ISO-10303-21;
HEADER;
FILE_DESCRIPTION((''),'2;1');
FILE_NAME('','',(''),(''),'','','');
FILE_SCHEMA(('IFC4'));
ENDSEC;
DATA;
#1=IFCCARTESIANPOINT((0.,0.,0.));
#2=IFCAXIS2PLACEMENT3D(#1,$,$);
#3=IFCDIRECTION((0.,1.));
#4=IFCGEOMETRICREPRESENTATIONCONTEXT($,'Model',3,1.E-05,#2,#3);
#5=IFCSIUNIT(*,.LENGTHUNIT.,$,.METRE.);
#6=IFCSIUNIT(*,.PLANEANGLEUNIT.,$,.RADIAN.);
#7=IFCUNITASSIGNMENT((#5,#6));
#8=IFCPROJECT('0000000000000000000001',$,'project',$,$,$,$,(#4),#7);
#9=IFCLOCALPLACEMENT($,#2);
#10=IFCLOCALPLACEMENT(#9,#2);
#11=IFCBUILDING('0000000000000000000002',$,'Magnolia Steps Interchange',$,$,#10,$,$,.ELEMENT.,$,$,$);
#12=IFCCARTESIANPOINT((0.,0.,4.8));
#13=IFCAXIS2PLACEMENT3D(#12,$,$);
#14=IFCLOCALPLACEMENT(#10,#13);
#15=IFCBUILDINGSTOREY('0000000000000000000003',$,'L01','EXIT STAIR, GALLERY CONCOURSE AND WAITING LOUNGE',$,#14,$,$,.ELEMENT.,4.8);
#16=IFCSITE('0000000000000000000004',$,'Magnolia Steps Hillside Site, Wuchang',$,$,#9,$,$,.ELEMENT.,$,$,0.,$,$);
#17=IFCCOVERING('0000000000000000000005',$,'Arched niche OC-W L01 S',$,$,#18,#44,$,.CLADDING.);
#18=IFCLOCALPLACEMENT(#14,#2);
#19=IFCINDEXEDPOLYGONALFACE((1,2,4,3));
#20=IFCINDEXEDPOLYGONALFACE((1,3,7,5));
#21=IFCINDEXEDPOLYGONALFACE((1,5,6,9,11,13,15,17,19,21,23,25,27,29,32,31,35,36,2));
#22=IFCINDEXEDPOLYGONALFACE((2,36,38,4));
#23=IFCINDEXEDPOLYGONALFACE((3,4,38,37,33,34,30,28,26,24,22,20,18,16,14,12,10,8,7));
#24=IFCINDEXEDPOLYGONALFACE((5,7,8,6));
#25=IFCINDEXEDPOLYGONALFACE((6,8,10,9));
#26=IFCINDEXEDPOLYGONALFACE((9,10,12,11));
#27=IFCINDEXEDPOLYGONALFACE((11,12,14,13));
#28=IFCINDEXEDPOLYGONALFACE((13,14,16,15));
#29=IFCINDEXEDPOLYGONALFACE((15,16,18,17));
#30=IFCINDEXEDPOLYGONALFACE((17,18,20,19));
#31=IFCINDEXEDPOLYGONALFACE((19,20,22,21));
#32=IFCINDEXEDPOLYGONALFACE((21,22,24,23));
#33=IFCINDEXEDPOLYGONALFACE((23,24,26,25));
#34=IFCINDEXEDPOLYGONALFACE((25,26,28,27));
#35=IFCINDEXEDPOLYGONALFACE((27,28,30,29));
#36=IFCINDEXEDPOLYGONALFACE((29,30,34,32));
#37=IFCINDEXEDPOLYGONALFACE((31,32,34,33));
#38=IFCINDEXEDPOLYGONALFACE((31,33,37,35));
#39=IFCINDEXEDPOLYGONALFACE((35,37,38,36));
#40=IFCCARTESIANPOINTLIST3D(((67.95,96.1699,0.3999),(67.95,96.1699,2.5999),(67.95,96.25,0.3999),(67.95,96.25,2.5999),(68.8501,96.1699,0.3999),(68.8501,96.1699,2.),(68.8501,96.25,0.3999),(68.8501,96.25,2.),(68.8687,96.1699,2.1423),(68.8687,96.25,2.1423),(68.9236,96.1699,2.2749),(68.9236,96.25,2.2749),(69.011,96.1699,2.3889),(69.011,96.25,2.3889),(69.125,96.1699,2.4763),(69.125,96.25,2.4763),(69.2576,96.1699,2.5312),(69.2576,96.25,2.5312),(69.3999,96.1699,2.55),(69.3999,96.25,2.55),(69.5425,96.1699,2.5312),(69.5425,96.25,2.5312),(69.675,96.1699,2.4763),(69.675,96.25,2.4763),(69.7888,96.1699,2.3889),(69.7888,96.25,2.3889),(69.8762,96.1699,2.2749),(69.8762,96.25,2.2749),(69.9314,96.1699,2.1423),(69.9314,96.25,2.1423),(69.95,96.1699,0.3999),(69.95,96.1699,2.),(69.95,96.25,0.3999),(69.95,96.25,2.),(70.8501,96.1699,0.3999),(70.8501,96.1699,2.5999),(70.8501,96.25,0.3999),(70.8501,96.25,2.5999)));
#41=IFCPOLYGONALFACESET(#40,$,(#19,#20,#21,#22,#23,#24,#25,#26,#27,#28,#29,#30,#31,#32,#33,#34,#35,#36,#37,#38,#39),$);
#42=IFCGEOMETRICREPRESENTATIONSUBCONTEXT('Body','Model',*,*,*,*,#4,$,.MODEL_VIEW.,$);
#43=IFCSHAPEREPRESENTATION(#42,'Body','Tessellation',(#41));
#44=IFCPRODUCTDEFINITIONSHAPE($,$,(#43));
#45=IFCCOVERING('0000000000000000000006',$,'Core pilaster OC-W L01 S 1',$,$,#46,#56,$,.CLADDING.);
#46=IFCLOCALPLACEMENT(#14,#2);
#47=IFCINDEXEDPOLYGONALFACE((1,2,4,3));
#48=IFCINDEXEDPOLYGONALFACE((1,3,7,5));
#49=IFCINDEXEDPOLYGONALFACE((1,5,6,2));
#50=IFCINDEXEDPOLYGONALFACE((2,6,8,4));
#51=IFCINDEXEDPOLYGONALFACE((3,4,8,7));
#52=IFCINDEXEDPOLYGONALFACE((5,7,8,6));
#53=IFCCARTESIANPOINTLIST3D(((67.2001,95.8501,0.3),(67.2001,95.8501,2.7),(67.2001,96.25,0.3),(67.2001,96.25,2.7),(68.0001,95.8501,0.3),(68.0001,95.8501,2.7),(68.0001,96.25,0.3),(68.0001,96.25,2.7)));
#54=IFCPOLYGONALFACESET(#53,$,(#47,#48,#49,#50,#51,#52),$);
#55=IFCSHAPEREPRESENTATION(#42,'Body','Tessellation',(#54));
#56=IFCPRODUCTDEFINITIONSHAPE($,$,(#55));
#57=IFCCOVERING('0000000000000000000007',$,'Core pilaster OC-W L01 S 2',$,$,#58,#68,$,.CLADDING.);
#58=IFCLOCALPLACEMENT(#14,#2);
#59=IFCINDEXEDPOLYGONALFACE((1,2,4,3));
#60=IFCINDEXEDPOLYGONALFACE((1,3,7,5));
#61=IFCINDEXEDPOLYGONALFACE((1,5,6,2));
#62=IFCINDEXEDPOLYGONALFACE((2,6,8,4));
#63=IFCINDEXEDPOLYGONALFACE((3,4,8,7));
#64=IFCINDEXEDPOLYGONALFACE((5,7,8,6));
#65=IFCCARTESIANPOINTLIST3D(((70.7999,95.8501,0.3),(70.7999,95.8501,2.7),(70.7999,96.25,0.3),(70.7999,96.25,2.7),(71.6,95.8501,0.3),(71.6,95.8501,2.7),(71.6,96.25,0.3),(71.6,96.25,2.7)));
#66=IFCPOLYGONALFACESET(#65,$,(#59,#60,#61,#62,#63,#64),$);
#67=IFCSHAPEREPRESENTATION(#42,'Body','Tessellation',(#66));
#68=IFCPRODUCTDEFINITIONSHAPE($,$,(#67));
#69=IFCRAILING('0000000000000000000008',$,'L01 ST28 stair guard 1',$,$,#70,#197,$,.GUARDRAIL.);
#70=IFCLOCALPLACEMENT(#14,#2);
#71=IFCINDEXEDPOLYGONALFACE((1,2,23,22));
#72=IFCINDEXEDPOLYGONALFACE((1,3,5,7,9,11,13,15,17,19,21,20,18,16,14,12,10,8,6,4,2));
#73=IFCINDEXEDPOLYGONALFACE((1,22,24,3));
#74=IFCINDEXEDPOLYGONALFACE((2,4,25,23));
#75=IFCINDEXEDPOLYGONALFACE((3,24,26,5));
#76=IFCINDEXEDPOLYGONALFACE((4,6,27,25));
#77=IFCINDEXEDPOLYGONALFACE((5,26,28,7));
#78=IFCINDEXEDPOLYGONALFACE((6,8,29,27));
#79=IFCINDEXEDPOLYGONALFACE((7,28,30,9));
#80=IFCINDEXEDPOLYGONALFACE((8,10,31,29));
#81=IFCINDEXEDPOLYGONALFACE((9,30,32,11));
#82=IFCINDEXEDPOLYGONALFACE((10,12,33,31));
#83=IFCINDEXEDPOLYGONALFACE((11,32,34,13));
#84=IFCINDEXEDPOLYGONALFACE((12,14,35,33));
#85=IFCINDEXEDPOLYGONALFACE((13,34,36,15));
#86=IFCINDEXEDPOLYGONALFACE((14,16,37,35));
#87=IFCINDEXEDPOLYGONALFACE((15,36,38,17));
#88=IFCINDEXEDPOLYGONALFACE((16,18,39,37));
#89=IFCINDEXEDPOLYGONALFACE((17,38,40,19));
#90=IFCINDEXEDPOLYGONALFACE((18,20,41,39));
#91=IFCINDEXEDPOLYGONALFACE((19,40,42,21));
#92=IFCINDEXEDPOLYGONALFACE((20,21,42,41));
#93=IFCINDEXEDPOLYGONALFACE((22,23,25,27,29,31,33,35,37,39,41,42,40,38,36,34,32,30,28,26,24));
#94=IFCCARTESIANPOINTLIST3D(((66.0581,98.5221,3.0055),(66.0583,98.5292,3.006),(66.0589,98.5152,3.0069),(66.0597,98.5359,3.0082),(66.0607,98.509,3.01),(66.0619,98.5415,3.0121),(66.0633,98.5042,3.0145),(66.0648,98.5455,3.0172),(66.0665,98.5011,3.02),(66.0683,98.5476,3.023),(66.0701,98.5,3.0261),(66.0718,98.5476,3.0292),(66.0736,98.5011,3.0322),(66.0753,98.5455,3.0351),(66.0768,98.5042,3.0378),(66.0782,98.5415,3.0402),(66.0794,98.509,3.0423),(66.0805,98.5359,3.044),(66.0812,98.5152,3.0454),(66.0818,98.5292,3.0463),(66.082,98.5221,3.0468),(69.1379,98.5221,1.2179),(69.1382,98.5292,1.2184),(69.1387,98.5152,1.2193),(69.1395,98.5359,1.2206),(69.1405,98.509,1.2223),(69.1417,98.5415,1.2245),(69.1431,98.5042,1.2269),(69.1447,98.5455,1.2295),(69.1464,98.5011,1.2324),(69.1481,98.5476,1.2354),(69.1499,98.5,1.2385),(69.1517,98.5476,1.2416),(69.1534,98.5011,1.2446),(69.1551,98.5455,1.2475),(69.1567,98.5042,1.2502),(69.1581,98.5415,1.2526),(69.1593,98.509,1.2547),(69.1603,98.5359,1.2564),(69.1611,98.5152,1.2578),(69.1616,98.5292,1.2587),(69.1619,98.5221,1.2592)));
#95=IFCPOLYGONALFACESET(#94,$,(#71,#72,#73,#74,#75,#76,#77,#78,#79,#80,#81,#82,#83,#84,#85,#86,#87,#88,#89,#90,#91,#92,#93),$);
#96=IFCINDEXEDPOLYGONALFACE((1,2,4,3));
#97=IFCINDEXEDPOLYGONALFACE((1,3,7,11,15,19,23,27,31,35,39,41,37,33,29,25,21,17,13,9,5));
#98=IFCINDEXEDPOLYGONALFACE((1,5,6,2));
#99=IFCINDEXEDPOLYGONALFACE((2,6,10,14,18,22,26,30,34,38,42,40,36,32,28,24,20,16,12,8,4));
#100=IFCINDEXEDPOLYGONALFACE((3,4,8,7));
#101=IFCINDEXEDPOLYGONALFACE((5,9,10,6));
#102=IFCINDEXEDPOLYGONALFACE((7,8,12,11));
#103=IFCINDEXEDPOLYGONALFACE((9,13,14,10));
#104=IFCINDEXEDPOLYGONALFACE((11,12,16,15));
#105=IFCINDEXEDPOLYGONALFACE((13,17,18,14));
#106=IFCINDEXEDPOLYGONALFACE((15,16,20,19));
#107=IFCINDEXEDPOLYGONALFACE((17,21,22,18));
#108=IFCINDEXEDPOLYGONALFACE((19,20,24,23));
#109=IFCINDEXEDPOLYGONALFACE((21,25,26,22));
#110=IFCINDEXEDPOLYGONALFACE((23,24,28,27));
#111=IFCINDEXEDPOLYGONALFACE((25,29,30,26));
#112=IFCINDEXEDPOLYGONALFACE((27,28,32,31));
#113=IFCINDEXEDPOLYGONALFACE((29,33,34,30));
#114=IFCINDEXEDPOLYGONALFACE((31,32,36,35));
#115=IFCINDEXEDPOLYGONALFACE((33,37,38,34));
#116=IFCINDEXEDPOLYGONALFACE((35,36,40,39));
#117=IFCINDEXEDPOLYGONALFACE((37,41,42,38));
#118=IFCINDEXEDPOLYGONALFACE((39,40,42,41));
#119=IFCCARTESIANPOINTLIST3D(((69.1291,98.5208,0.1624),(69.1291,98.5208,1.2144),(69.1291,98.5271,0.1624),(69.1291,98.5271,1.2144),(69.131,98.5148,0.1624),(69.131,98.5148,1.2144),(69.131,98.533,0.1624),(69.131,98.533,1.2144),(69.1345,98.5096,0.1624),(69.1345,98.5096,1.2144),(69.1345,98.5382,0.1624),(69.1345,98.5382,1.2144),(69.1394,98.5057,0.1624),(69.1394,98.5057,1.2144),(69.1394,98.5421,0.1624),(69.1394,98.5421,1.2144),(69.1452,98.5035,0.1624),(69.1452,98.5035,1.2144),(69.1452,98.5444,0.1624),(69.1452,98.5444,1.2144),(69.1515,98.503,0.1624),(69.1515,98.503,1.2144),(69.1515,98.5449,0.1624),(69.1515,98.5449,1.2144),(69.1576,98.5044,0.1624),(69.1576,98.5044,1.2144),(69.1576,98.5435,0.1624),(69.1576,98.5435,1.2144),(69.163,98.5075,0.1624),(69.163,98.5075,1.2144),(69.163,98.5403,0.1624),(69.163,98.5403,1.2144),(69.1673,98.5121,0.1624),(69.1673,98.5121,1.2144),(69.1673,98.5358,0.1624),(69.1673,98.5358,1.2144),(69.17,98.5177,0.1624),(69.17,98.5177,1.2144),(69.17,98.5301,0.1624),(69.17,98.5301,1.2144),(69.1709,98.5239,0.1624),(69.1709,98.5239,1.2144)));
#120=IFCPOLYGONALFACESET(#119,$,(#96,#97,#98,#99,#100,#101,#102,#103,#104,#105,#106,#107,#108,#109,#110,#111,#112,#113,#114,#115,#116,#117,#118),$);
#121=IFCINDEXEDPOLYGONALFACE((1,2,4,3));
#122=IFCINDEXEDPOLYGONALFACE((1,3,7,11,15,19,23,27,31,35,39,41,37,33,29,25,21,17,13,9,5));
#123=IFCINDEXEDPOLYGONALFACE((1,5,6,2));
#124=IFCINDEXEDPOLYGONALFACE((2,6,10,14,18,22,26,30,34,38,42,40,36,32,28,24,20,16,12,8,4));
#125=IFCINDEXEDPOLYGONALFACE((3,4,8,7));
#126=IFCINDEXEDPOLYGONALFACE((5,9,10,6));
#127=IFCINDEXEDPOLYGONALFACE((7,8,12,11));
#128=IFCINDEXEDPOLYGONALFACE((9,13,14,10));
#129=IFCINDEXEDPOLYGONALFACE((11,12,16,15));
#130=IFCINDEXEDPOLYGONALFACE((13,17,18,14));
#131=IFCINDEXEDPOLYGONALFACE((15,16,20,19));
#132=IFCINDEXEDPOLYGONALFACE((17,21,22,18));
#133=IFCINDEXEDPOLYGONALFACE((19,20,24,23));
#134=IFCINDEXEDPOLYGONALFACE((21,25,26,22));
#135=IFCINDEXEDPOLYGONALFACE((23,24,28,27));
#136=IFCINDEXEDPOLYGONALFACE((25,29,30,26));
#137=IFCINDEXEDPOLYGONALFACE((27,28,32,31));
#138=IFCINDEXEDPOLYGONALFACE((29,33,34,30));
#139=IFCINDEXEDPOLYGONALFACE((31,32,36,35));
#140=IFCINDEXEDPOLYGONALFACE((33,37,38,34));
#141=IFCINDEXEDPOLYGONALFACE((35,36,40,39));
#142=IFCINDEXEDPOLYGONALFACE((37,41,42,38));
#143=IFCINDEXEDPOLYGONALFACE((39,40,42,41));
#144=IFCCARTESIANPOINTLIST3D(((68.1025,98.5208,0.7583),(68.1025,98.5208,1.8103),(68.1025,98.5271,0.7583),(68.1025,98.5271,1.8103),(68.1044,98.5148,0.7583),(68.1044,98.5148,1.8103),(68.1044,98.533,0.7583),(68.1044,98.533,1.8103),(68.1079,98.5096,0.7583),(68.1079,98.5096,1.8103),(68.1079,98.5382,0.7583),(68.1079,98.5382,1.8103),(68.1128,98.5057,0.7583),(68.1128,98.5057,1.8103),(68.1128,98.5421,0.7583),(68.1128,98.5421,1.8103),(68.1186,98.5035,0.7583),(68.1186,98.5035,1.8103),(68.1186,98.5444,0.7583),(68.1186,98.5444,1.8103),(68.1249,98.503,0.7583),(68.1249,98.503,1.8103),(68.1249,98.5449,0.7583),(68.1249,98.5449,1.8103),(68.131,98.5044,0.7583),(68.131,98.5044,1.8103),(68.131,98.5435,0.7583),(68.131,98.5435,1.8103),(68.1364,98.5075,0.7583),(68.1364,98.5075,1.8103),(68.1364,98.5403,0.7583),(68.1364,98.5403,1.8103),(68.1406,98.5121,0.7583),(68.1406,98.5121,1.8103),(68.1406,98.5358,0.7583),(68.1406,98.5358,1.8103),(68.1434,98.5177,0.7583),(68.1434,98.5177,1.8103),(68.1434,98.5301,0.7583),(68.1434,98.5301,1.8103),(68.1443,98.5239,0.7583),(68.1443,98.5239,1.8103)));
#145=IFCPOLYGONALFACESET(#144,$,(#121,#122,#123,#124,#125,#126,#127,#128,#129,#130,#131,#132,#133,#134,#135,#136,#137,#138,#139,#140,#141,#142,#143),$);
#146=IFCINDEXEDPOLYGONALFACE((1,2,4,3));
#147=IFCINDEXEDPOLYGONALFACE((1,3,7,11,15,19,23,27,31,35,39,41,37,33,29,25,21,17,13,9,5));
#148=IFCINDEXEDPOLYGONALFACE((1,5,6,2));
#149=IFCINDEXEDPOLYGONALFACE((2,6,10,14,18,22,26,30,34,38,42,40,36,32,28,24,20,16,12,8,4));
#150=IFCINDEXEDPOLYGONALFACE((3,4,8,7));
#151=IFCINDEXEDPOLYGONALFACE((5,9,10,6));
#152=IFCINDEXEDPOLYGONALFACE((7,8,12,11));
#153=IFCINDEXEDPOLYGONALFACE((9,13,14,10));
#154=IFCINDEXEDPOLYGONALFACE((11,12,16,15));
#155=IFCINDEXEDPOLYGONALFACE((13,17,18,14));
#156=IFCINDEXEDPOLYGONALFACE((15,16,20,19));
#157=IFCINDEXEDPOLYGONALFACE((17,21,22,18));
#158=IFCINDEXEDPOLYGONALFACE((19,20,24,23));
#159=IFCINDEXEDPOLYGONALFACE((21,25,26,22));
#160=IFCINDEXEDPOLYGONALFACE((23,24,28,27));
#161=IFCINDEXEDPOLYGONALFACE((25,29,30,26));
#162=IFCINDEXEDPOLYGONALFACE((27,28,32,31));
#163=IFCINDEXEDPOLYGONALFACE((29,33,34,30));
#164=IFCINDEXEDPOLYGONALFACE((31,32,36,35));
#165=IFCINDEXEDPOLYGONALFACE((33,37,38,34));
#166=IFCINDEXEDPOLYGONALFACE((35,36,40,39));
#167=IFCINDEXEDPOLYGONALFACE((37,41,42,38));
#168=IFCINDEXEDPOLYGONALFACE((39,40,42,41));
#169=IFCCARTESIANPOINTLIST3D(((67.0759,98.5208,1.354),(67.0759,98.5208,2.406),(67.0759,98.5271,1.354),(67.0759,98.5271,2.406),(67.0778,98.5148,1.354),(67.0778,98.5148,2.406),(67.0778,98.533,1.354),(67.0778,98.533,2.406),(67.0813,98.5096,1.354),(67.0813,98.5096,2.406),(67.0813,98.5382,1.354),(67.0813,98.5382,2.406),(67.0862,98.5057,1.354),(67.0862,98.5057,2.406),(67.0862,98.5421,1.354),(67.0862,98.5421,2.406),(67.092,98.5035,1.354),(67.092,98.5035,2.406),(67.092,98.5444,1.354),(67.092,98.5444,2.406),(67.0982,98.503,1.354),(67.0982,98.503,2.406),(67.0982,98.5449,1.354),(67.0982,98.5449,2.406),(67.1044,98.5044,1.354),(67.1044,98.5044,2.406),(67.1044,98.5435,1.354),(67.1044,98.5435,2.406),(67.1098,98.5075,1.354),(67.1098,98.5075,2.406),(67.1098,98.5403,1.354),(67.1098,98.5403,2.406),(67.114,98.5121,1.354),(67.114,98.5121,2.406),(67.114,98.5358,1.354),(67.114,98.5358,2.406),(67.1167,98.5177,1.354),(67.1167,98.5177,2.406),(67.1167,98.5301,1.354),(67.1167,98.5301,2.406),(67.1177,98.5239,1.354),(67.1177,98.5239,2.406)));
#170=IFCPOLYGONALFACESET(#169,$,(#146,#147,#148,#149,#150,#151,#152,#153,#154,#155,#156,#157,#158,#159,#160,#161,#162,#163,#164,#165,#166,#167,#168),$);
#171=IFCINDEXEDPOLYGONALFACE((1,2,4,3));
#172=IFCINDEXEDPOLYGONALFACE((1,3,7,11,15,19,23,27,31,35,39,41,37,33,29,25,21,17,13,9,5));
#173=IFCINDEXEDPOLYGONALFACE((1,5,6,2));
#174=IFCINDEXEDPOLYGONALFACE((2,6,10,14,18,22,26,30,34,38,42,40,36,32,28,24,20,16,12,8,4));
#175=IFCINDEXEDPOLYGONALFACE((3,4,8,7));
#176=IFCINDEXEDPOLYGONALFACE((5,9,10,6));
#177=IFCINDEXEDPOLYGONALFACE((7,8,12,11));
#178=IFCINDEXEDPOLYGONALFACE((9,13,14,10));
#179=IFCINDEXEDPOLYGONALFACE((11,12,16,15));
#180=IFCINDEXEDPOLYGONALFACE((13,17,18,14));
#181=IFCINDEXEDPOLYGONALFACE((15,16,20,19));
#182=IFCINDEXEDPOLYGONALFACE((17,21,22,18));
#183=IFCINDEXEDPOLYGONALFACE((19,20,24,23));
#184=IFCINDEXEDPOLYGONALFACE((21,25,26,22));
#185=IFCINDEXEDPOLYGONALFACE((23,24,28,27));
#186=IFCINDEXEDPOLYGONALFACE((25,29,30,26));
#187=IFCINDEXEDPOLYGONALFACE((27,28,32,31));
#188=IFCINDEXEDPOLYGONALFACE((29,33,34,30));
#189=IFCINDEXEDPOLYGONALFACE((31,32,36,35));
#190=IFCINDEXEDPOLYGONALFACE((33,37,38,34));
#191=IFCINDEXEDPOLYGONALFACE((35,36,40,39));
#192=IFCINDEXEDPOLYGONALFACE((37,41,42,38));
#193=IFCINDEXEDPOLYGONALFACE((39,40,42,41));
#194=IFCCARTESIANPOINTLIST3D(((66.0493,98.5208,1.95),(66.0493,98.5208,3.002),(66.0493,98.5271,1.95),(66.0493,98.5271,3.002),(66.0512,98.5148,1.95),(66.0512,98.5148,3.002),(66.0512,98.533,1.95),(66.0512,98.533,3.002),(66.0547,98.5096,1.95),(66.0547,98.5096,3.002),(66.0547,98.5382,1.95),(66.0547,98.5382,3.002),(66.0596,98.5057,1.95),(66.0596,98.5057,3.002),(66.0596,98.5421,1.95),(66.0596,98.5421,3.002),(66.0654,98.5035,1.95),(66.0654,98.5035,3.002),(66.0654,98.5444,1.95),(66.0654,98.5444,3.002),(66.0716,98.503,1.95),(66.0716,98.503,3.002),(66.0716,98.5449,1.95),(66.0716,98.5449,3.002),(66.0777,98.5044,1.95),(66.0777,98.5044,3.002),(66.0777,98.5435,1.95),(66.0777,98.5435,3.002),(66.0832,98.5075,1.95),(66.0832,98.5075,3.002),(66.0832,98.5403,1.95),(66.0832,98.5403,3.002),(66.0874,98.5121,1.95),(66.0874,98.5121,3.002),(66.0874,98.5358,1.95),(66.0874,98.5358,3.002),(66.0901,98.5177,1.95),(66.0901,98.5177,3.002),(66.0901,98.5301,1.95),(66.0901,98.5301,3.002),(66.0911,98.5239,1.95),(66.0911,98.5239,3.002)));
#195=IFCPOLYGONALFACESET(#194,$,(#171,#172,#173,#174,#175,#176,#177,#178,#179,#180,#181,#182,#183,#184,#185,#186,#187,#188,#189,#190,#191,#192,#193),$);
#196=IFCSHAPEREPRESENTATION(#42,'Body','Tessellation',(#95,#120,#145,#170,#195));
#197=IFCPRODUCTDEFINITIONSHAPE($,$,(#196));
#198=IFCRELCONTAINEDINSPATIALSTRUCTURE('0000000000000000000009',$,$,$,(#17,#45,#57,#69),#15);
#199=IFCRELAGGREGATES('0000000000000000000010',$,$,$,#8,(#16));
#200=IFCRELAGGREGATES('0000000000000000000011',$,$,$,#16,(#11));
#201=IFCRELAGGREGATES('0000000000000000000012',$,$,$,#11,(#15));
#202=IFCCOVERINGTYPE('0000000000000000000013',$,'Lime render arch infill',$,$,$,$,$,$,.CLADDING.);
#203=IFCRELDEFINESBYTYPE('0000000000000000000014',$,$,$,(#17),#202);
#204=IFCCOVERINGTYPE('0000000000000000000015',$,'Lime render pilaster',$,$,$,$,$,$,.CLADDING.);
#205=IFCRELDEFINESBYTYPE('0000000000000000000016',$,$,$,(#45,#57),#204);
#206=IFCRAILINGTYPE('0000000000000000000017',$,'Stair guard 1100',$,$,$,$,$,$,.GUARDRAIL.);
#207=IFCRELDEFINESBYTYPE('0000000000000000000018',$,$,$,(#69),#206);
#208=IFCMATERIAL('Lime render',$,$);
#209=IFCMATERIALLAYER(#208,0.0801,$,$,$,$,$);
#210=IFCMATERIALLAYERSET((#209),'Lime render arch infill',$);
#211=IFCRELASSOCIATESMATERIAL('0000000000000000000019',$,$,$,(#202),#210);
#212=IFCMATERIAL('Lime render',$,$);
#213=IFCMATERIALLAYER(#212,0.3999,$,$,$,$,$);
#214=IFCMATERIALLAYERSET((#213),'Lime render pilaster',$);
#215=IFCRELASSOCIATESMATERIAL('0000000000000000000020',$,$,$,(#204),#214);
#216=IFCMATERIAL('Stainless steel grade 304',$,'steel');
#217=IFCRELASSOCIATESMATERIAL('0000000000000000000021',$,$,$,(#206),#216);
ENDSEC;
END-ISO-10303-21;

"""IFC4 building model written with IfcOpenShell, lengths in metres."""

from ifc_helpers import new_model, si_unit, direction, frame, origin, origin_2d, place, context, subcontext, project, spatial, polyline, rectangle, circle, outline, extrude, material, layer, layer_set, type_object, element, save


model = new_model("IFC4")

# Units and contexts
model_context = context("Model", 3, precision=1e-05, world=origin(), true_north=direction((0.0, 1.0)))
body_context = subcontext(model_context, "Body", "Model", "MODEL_VIEW")
ifc_project = project(units=[si_unit("LENGTHUNIT", "METRE"), si_unit("PLANEANGLEUNIT", "RADIAN")], contexts=[model_context])

# Site, building, storey
site_placement = place(None, origin())
site = spatial("IfcSite", under=ifc_project, at=site_placement, Name="Magnolia Steps Hillside Site, Wuchang", CompositionType="ELEMENT", RefElevation=0.0)
building_placement = place(site_placement, origin())
building = spatial("IfcBuilding", under=site, at=building_placement, Name="Magnolia Steps Interchange", CompositionType="ELEMENT")
storey_placement = place(building_placement, frame((0.0, 0.0, 4.8)))
storey = spatial("IfcBuildingStorey", under=building, at=storey_placement, Name="L01", Description="EXIT STAIR, GALLERY CONCOURSE AND WAITING LOUNGE", CompositionType="ELEMENT", Elevation=4.8)

# Coverings
ifc_material_1 = material(Name="Lime render")
ifc_layer_1 = layer(ifc_material_1, 0.0801)
ifc_layer_set_1 = layer_set([ifc_layer_1], Name="Lime render arch infill")
covering_type_1 = type_object("IfcCoveringType", Name="Lime render arch infill", PredefinedType="CLADDING", material=ifc_layer_set_1)
covering_placement = place(storey_placement, frame((67.95, 96.25, 0.3999), z_axis=(0.0, 1.0, 0.0), x_axis=(0.0, 0.0, 1.0)))
element("IfcCovering", 1, at=covering_placement, inside=storey, type_object=covering_type_1, Name="Arched niche OC-W L01 S", PredefinedType="CLADDING", context=body_context, shape_type="SweptSolid", body=[
    extrude(outline(polyline([(0.0, 0.0), (2.2, 0.0), (2.2, 2.9001), (0.0, 2.9001), (0.0, 2.0), (1.6001, 2.0), (1.7424, 1.9814), (1.875, 1.9263), (1.989, 1.8389), (2.0764, 1.7251), (2.1313, 1.5925), (2.1501, 1.45), (2.1313, 1.3076), (2.0764, 1.175), (1.989, 1.061), (1.875, 0.9736), (1.7424, 0.9187), (1.6001, 0.9001), (0.0, 0.9001), (0.0, 0.0)])), origin(), (0.0, 0.0, -1.0), 0.0801),
])
ifc_material_2 = material(Name="Lime render")
ifc_layer_2 = layer(ifc_material_2, 0.3999)
ifc_layer_set_2 = layer_set([ifc_layer_2], Name="Lime render pilaster")
covering_type_2 = type_object("IfcCoveringType", Name="Lime render pilaster", PredefinedType="CLADDING", material=ifc_layer_set_2)
for number, where, z_axis, x_axis, name in (
    (2, (67.6001, 96.05, 0.3), (0.0, 0.0, 1.0), (1.0, 0.0, 0.0), "Core pilaster OC-W L01 S 1"),
    (3, (71.2, 96.05, 0.3), (0.0, 0.0, 1.0), (1.0, 0.0, 0.0), "Core pilaster OC-W L01 S 2"),
):
    element("IfcCovering", number, at=place(storey_placement, frame(where, z_axis=z_axis, x_axis=x_axis)), inside=storey, type_object=covering_type_2, Name=name, PredefinedType="CLADDING", context=body_context, shape_type="SweptSolid", body=[
        extrude(rectangle(XDim=0.8, YDim=0.3999, at=origin_2d()), origin(), (0.0, 0.0, 1.0), 2.3999),
    ])

# Railing
ifc_material_3 = material(Name="Stainless steel grade 304", Category="steel")
railing_type_1 = type_object("IfcRailingType", Name="Stair guard 1100", PredefinedType="GUARDRAIL", material=ifc_material_3)
railing_1_placement = place(storey_placement, frame((69.1499, 98.5239, 0.1624)))
element("IfcRailing", 4, at=railing_1_placement, inside=storey, type_object=railing_type_1, Name="L01 ST28 stair guard 1", PredefinedType="GUARDRAIL", context=body_context, shape_type="SweptSolid", body=[
    extrude(circle(Radius=0.0239, at=origin_2d()), frame((0.0, 0.0, 1.0762), z_axis=(-0.864873, 0.0, 0.50199), x_axis=(0.0, -1.0, 0.0)), (0.0, 0.0, 1.0), 3.561),
    extrude(circle(Radius=0.021, at=origin_2d()), origin(), (0.0, 0.0, 1.0), 1.052),
    extrude(circle(Radius=0.021, at=origin_2d()), frame((-1.0266, 0.0, 0.5959)), (0.0, 0.0, 1.0), 1.052),
    extrude(circle(Radius=0.021, at=origin_2d()), frame((-2.0532, 0.0, 1.1917)), (0.0, 0.0, 1.0), 1.052),
    extrude(circle(Radius=0.021, at=origin_2d()), frame((-3.0798, 0.0, 1.7876)), (0.0, 0.0, 1.0), 1.052),
])

save(model, "model.ifc")
